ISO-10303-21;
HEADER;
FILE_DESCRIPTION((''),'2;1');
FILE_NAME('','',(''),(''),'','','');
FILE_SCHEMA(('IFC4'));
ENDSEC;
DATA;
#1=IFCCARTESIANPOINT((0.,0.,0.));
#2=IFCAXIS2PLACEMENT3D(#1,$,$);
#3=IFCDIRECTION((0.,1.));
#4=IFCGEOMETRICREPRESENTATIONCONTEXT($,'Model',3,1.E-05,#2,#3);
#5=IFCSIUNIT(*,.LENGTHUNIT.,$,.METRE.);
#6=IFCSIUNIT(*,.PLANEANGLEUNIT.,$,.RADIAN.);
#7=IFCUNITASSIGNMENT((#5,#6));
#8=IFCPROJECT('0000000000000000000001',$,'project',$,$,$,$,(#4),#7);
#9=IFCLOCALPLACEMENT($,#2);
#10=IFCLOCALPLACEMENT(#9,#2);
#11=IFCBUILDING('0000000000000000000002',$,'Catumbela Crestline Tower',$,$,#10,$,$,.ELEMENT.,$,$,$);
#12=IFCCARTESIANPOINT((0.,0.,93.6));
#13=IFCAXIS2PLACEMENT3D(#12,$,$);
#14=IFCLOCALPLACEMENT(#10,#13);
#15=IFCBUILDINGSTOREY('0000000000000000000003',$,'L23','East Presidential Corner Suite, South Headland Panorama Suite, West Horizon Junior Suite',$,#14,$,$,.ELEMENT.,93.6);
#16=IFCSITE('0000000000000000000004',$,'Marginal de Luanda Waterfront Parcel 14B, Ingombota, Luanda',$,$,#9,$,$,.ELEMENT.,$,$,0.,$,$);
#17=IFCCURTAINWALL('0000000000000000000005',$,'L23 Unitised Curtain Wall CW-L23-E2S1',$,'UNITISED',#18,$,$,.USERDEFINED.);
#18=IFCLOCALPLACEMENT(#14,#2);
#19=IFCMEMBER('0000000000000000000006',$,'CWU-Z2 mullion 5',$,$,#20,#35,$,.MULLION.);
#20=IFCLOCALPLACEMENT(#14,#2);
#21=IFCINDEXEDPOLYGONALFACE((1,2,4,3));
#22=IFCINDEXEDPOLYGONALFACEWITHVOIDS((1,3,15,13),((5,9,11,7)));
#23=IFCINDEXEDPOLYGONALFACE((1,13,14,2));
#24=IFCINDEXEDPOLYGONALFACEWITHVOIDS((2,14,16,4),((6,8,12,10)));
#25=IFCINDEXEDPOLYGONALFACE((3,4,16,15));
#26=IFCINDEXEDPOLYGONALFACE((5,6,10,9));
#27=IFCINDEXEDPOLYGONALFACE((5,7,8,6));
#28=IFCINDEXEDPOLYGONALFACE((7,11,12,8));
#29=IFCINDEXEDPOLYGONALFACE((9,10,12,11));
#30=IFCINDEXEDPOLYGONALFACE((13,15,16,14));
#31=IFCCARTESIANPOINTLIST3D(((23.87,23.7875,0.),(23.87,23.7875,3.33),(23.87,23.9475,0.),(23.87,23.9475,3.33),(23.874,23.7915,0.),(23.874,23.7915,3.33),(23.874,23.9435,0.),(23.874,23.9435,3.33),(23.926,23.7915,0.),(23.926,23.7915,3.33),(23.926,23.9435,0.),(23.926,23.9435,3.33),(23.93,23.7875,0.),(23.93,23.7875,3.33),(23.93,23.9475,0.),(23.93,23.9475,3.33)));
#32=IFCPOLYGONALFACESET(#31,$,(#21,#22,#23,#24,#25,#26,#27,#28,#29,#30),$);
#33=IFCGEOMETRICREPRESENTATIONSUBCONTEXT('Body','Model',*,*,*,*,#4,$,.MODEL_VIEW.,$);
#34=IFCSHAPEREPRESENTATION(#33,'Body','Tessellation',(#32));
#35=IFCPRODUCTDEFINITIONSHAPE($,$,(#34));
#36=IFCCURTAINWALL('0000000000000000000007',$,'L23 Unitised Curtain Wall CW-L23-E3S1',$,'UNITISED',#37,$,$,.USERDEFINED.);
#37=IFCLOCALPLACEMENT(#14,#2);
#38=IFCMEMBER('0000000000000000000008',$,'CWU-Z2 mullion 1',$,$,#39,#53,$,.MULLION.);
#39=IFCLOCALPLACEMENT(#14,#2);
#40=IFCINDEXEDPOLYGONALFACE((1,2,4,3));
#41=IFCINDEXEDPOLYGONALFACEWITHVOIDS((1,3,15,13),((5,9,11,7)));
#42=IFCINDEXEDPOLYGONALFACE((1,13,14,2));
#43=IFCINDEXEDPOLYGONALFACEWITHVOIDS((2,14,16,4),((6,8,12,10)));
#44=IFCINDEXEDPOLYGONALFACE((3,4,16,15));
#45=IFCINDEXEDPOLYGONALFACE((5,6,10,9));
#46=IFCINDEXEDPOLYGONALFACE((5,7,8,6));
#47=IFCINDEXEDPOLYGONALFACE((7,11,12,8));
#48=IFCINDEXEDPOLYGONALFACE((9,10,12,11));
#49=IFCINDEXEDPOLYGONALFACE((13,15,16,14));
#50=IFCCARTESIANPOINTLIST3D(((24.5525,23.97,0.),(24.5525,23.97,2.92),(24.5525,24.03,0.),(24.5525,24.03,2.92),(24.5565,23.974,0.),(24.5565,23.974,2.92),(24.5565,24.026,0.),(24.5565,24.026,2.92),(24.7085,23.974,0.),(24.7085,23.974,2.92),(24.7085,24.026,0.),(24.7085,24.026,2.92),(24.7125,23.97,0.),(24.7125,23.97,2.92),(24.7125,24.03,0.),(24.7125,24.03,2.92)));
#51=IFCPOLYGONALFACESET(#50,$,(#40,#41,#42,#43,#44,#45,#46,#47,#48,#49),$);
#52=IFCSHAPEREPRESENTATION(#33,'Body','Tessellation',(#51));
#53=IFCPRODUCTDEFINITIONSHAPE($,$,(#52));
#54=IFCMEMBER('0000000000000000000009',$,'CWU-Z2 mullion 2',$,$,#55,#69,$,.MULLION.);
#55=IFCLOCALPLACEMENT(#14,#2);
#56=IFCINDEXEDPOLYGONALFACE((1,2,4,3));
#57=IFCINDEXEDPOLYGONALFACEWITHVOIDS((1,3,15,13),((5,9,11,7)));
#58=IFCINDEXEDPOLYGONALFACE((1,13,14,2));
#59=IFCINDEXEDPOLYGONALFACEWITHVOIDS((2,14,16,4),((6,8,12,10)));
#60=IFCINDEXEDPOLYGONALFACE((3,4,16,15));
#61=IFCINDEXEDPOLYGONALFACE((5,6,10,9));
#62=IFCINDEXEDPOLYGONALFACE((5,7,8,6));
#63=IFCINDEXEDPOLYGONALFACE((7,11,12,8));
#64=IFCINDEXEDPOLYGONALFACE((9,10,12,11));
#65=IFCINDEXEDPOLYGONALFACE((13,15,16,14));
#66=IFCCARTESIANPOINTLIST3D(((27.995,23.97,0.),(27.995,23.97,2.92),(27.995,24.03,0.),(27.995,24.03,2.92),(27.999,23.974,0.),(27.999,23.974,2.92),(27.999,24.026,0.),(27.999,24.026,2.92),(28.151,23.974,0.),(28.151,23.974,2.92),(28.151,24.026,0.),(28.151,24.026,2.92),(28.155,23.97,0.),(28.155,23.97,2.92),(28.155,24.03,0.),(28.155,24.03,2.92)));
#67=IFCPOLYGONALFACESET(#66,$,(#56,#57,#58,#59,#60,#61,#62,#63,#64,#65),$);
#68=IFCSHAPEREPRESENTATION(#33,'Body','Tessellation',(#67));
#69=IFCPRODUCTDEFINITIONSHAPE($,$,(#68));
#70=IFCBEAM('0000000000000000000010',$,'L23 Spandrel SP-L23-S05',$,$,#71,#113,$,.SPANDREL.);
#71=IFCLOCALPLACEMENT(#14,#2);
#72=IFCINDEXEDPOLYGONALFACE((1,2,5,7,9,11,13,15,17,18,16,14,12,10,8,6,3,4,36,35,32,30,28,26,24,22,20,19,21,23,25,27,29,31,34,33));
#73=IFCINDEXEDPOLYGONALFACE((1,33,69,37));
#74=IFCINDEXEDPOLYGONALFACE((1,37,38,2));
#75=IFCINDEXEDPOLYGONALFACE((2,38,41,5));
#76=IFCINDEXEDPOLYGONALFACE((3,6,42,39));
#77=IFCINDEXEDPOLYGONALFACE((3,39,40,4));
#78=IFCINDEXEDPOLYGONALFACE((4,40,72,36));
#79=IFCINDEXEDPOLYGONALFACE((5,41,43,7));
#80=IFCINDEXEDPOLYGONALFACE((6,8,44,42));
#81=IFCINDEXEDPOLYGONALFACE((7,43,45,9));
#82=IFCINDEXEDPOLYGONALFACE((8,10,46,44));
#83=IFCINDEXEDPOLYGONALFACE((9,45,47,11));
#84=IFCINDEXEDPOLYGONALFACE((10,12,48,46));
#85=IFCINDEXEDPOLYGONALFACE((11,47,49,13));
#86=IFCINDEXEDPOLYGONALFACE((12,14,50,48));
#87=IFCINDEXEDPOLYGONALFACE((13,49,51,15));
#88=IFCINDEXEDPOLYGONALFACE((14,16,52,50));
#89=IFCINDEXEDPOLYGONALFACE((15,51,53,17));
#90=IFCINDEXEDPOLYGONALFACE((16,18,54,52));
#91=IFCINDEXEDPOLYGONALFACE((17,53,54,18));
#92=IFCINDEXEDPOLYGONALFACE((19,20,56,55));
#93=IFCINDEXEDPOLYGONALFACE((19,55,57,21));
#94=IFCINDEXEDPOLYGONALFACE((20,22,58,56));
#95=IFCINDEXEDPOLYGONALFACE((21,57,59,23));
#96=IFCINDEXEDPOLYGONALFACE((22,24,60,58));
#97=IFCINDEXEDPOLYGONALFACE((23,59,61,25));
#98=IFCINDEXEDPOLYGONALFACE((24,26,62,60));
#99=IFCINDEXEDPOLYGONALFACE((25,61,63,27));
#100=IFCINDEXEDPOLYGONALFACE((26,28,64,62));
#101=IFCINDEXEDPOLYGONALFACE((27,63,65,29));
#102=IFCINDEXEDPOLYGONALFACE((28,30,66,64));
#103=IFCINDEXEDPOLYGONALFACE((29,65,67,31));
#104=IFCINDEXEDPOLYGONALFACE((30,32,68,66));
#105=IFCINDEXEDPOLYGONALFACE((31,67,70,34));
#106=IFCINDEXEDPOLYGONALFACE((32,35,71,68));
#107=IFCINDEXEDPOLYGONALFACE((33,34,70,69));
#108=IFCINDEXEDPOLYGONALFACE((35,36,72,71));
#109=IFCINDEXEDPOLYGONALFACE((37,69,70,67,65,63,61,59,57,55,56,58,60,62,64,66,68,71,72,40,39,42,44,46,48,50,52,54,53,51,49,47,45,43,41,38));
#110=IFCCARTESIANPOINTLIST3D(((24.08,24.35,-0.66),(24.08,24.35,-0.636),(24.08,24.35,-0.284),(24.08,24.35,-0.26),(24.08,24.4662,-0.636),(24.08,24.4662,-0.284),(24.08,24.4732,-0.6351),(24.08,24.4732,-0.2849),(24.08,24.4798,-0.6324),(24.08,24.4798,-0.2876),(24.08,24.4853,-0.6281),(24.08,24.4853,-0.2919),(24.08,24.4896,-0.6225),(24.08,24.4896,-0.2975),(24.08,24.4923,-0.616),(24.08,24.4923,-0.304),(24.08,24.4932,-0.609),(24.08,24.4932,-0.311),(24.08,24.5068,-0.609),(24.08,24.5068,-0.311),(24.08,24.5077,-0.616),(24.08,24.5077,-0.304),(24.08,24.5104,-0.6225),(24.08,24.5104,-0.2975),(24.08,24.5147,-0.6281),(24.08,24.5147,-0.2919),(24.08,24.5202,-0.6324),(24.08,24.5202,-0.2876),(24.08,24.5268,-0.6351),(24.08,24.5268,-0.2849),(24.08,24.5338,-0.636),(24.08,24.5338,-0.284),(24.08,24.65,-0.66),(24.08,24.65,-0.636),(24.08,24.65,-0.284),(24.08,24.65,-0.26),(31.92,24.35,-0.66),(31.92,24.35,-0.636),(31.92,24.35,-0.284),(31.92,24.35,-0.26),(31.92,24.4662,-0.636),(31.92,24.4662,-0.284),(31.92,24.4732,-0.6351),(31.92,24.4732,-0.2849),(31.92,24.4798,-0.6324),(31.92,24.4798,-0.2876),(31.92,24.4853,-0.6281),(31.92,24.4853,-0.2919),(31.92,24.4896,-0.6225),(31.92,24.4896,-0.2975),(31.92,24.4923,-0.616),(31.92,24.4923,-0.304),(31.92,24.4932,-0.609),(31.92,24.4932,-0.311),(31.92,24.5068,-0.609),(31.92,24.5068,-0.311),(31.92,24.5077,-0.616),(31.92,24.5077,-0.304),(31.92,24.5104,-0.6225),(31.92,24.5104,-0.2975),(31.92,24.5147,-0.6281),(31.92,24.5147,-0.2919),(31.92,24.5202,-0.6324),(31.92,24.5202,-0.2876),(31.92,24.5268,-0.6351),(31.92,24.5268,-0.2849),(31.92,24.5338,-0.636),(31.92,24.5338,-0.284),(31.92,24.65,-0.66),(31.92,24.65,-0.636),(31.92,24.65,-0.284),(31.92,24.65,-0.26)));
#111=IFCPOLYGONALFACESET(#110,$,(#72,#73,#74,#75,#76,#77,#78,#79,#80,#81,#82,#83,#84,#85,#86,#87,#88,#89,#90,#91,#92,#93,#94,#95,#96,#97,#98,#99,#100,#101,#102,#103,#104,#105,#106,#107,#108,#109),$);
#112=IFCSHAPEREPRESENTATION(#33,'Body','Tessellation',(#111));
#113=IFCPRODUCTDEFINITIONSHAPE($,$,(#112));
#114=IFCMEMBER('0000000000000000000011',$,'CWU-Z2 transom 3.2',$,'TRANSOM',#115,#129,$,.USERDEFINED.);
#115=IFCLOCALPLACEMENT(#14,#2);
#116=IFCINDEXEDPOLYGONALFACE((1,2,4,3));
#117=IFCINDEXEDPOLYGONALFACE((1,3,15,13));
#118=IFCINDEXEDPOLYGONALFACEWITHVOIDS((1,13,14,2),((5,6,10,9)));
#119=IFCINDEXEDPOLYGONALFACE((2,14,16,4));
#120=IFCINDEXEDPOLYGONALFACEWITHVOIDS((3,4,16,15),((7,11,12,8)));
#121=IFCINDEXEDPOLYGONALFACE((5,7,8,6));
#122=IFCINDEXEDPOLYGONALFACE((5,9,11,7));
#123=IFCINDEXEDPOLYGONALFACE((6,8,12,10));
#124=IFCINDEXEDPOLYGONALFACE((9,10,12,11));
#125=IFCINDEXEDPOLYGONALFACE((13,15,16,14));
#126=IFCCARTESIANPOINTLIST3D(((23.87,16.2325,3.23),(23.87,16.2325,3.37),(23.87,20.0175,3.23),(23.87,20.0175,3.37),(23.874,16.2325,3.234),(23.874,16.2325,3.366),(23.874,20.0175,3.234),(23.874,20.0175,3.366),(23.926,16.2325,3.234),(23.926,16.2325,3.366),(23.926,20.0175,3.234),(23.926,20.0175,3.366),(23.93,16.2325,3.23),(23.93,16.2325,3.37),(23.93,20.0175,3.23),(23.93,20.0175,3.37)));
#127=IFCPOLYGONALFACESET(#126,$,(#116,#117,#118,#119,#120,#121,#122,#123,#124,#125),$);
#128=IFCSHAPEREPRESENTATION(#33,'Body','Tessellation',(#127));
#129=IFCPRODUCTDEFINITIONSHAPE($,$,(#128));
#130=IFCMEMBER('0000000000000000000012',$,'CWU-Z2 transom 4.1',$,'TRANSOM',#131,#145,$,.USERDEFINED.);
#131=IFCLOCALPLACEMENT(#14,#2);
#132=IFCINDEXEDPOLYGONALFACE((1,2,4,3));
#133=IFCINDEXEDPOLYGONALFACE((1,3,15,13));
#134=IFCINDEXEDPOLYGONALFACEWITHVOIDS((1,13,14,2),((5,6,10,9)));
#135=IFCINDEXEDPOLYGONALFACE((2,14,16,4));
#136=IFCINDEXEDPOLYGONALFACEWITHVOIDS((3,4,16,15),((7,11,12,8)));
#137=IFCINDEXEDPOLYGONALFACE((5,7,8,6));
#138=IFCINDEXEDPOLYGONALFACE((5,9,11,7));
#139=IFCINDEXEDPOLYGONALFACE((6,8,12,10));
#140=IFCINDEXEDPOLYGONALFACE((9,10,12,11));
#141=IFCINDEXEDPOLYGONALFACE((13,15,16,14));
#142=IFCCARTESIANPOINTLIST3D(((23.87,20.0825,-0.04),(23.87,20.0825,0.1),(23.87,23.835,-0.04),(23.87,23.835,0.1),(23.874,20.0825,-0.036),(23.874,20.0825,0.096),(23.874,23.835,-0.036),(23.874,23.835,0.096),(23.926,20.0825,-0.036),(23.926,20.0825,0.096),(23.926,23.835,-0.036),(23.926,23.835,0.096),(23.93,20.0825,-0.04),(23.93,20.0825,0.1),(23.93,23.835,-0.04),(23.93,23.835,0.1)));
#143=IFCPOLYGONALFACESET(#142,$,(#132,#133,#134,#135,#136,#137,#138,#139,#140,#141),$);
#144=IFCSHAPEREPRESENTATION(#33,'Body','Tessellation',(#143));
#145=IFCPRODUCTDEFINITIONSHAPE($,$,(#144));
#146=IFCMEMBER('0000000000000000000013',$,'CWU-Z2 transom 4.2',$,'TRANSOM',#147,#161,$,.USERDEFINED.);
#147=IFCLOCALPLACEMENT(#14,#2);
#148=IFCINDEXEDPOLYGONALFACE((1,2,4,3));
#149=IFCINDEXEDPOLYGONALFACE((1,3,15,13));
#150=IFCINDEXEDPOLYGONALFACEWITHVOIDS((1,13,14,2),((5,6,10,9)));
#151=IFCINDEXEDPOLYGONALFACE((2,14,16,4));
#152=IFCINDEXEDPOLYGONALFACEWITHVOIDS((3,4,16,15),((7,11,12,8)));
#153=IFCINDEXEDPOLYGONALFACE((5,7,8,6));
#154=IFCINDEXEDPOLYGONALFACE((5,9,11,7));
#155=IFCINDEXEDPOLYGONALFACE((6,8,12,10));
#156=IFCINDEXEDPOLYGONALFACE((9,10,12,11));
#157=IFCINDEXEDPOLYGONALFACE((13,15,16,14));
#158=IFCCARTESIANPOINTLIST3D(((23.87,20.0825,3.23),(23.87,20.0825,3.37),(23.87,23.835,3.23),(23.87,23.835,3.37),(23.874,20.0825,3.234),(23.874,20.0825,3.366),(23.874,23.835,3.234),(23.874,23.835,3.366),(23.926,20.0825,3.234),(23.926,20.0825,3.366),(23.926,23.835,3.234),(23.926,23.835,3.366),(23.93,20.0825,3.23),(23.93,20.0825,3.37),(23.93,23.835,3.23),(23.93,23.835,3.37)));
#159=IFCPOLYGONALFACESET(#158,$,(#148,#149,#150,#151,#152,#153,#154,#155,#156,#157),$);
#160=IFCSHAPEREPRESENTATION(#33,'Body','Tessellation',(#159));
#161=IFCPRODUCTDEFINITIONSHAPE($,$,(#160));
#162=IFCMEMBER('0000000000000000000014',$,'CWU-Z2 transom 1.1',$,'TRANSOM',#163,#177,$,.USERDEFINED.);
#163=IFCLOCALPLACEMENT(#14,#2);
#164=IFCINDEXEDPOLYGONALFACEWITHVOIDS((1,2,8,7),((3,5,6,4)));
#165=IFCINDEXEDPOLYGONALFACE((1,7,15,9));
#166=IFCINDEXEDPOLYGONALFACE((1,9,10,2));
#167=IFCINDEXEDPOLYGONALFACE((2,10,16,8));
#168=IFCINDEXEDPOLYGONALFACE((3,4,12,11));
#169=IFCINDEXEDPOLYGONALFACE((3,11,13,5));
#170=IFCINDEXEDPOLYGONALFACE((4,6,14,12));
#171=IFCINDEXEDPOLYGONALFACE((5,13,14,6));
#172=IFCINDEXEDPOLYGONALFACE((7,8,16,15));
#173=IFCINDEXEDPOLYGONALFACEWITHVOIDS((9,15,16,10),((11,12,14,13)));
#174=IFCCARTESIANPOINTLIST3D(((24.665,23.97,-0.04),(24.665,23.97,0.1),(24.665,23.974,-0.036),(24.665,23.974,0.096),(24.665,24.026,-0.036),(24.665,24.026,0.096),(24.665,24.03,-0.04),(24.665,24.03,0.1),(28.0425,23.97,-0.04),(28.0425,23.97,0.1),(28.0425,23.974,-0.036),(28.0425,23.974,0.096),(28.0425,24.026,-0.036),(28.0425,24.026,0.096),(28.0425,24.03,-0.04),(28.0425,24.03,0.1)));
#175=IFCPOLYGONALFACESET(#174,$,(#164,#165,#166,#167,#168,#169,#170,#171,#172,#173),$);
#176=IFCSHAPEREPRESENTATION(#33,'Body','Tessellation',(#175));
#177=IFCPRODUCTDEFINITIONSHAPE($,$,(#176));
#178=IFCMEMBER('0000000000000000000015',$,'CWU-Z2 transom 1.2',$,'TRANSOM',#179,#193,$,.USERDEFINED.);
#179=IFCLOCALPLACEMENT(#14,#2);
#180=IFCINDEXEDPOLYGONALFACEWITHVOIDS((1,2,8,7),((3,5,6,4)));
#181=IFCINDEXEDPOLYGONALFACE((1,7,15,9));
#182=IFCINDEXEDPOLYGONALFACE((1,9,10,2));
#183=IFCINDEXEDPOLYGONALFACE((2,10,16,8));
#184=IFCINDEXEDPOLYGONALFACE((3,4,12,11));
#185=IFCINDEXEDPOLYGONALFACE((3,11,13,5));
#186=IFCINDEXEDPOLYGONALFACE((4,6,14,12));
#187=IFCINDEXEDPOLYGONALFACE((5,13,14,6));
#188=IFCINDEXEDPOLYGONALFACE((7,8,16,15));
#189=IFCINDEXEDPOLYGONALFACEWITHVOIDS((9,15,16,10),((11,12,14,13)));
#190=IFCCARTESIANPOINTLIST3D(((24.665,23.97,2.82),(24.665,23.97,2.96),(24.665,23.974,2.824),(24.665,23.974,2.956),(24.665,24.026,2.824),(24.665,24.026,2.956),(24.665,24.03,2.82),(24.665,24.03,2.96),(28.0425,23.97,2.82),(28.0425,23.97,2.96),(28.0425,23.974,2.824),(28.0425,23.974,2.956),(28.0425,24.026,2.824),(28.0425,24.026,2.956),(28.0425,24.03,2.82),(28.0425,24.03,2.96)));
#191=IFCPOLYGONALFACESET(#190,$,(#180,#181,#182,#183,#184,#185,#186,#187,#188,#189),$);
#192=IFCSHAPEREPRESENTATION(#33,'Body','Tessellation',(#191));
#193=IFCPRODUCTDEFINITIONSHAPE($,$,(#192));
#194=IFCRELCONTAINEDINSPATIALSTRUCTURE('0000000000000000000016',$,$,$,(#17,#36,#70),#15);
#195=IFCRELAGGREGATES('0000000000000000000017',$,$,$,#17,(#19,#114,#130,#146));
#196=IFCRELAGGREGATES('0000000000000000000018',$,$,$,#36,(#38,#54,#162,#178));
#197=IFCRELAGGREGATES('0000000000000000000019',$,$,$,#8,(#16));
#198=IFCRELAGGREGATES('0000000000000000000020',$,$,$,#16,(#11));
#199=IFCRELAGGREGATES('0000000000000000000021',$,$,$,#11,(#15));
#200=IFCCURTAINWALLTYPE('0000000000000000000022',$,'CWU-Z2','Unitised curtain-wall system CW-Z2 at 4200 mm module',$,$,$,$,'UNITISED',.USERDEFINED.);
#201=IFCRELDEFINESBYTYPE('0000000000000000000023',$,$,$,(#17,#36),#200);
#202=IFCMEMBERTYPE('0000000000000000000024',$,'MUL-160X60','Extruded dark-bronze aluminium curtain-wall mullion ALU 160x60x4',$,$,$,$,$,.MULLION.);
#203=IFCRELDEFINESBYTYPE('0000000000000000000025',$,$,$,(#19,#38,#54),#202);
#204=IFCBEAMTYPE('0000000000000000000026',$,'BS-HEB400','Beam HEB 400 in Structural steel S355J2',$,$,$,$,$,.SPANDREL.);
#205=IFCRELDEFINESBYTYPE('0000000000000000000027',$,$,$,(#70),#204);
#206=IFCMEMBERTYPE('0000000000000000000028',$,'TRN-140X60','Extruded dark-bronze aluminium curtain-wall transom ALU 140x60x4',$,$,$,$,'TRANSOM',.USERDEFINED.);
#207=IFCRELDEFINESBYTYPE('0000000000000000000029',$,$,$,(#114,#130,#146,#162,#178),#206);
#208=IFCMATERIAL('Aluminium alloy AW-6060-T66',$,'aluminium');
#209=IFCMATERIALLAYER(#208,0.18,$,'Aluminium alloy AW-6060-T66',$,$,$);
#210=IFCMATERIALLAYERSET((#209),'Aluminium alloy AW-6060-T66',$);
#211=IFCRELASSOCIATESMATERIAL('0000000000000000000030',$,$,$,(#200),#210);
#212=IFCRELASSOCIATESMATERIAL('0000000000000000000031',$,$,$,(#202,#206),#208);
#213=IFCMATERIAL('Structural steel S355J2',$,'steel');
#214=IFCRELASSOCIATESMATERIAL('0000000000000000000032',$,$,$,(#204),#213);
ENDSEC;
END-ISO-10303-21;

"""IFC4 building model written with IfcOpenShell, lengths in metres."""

from ifc_helpers import new_model, si_unit, direction, frame, origin, origin_2d, place, context, subcontext, project, spatial, hollow_rectangle, i_section, extrude, material, layer, layer_set, material_profile, profile_set, type_object, element, aggregate, save


model = new_model("IFC4")

# Units and contexts
model_context = context("Model", 3, precision=1e-05, world=origin(), true_north=direction((0.0, 1.0)))
body_context = subcontext(model_context, "Body", "Model", "MODEL_VIEW")
ifc_project = project(units=[si_unit("LENGTHUNIT", "METRE"), si_unit("PLANEANGLEUNIT", "RADIAN")], contexts=[model_context])

# Site, building, storey
site_placement = place(None, origin())
site = spatial("IfcSite", under=ifc_project, at=site_placement, Name="Marginal de Luanda Waterfront Parcel 14B, Ingombota, Luanda", CompositionType="ELEMENT", RefElevation=0.0)
building_placement = place(site_placement, origin())
building = spatial("IfcBuilding", under=site, at=building_placement, Name="Catumbela Crestline Tower", CompositionType="ELEMENT")
storey_placement = place(building_placement, frame((0.0, 0.0, 93.6)))
storey = spatial("IfcBuildingStorey", under=building, at=storey_placement, Name="L23", Description="East Presidential Corner Suite, South Headland Panorama Suite, West Horizon Junior Suite", CompositionType="ELEMENT", Elevation=93.6)

# Shared definitions
ifc_material_1 = material(Name="Structural steel S355J2", Category="steel")

# Curtain walls, members
ifc_material_2 = material(Name="Aluminium alloy AW-6060-T66", Category="aluminium")
ifc_layer_1 = layer(ifc_material_2, 0.18, Name="Aluminium alloy AW-6060-T66")
ifc_layer_set_1 = layer_set([ifc_layer_1], Name="Aluminium alloy AW-6060-T66")
curtain_wall_type = type_object("IfcCurtainWallType", Name="CWU-Z2", Description="Unitised curtain-wall system CW-Z2 at 4200 mm module", ElementType="UNITISED", PredefinedType="USERDEFINED", material=ifc_layer_set_1)
curtain_wall_1_placement = place(storey_placement, origin())
curtain_wall_1 = element("IfcCurtainWall", 1, at=curtain_wall_1_placement, inside=storey, type_object=curtain_wall_type, Name="L23 Unitised Curtain Wall CW-L23-E2S1", ObjectType="UNITISED", PredefinedType="USERDEFINED")
ifc_material_profile_1 = material_profile(ifc_material_2, hollow_rectangle(XDim=0.06, YDim=0.16, WallThickness=0.004, at=origin_2d()), Name="ALU 160x60x4")
ifc_profile_set_1 = profile_set([ifc_material_profile_1], Name="Aluminium alloy AW-6060-T66")
member_type_1 = type_object("IfcMemberType", Name="MUL-160X60", Description="Extruded dark-bronze aluminium curtain-wall mullion ALU 160x60x4", PredefinedType="MULLION", material=ifc_profile_set_1)
member_1_placement = place(storey_placement, frame((23.9, 23.8675, 0.0), z_axis=(0.0, 0.0, 1.0), x_axis=(-1.0, 0.0, 0.0)))
member_1 = element("IfcMember", 2, at=member_1_placement, type_object=member_type_1, Name="CWU-Z2 mullion 5", PredefinedType="MULLION", context=body_context, shape_type="SweptSolid", body=[
    extrude(hollow_rectangle(XDim=0.06, YDim=0.16, WallThickness=0.004, at=origin_2d()), origin(), (0.0, 0.0, 1.0), 3.33),
])
curtain_wall_2_placement = place(storey_placement, origin())
curtain_wall_2 = element("IfcCurtainWall", 3, at=curtain_wall_2_placement, inside=storey, type_object=curtain_wall_type, Name="L23 Unitised Curtain Wall CW-L23-E3S1", ObjectType="UNITISED", PredefinedType="USERDEFINED")
member_2_placement = place(storey_placement, frame((24.6325, 24.0, 0.0), z_axis=(0.0, 0.0, 1.0), x_axis=(0.0, 1.0, 0.0)))
member_2 = element("IfcMember", 4, at=member_2_placement, type_object=member_type_1, Name="CWU-Z2 mullion 1", PredefinedType="MULLION", context=body_context, shape_type="SweptSolid", body=[
    extrude(hollow_rectangle(XDim=0.06, YDim=0.16, WallThickness=0.004, at=origin_2d()), origin(), (0.0, 0.0, 1.0), 2.92),
])
member_3_placement = place(storey_placement, frame((28.075, 24.0, 0.0), z_axis=(0.0, 0.0, 1.0), x_axis=(0.0, 1.0, 0.0)))
member_3 = element("IfcMember", 5, at=member_3_placement, type_object=member_type_1, Name="CWU-Z2 mullion 2", PredefinedType="MULLION", context=body_context, shape_type="SweptSolid", body=[
    extrude(hollow_rectangle(XDim=0.06, YDim=0.16, WallThickness=0.004, at=origin_2d()), origin(), (0.0, 0.0, 1.0), 2.92),
])

# Beam
ifc_material_profile_2 = material_profile(ifc_material_1, i_section(OverallWidth=0.3, OverallDepth=0.4, WebThickness=0.0135, FlangeThickness=0.024, FilletRadius=0.027, at=origin_2d()), Name="HEB 400")
ifc_profile_set_2 = profile_set([ifc_material_profile_2], Name="Structural steel S355J2")
beam_type_1 = type_object("IfcBeamType", Name="BS-HEB400", Description="Beam HEB 400 in Structural steel S355J2", PredefinedType="SPANDREL", material=ifc_profile_set_2)
beam_1_placement = place(storey_placement, frame((24.08, 24.5, -0.46), z_axis=(1.0, 0.0, 0.0), x_axis=(0.0, 1.0, 0.0)))
element("IfcBeam", 6, at=beam_1_placement, inside=storey, type_object=beam_type_1, Name="L23 Spandrel SP-L23-S05", PredefinedType="SPANDREL", context=body_context, shape_type="SweptSolid", body=[
    extrude(i_section(OverallWidth=0.3, OverallDepth=0.4, WebThickness=0.0135, FlangeThickness=0.024, FilletRadius=0.027, at=origin_2d()), origin(), (0.0, 0.0, 1.0), 7.84),
])

# Members
ifc_material_profile_3 = material_profile(ifc_material_2, hollow_rectangle(XDim=0.06, YDim=0.14, WallThickness=0.004, at=origin_2d()), Name="ALU 140x60x4")
ifc_profile_set_3 = profile_set([ifc_material_profile_3], Name="Aluminium alloy AW-6060-T66")
member_type_2 = type_object("IfcMemberType", Name="TRN-140X60", Description="Extruded dark-bronze aluminium curtain-wall transom ALU 140x60x4", ElementType="TRANSOM", PredefinedType="USERDEFINED", material=ifc_profile_set_3)
member_4_placement = place(storey_placement, frame((23.9, 16.2325, 3.3), z_axis=(0.0, 1.0, 0.0), x_axis=(-1.0, 0.0, 0.0)))
member_4 = element("IfcMember", 7, at=member_4_placement, type_object=member_type_2, Name="CWU-Z2 transom 3.2", ObjectType="TRANSOM", PredefinedType="USERDEFINED", context=body_context, shape_type="SweptSolid", body=[
    extrude(hollow_rectangle(XDim=0.06, YDim=0.14, WallThickness=0.004, at=origin_2d()), origin(), (0.0, 0.0, 1.0), 3.785),
])
member_5_placement = place(storey_placement, frame((23.9, 20.0825, 0.03), z_axis=(0.0, 1.0, 0.0), x_axis=(-1.0, 0.0, 0.0)))
member_5 = element("IfcMember", 8, at=member_5_placement, type_object=member_type_2, Name="CWU-Z2 transom 4.1", ObjectType="TRANSOM", PredefinedType="USERDEFINED", context=body_context, shape_type="SweptSolid", body=[
    extrude(hollow_rectangle(XDim=0.06, YDim=0.14, WallThickness=0.004, at=origin_2d()), origin(), (0.0, 0.0, 1.0), 3.7525),
])
member_6_placement = place(storey_placement, frame((23.9, 20.0825, 3.3), z_axis=(0.0, 1.0, 0.0), x_axis=(-1.0, 0.0, 0.0)))
member_6 = element("IfcMember", 9, at=member_6_placement, type_object=member_type_2, Name="CWU-Z2 transom 4.2", ObjectType="TRANSOM", PredefinedType="USERDEFINED", context=body_context, shape_type="SweptSolid", body=[
    extrude(hollow_rectangle(XDim=0.06, YDim=0.14, WallThickness=0.004, at=origin_2d()), origin(), (0.0, 0.0, 1.0), 3.7525),
])
member_7_placement = place(storey_placement, frame((24.665, 24.0, 0.03), z_axis=(1.0, 0.0, 0.0), x_axis=(0.0, 1.0, 0.0)))
member_7 = element("IfcMember", 10, at=member_7_placement, type_object=member_type_2, Name="CWU-Z2 transom 1.1", ObjectType="TRANSOM", PredefinedType="USERDEFINED", context=body_context, shape_type="SweptSolid", body=[
    extrude(hollow_rectangle(XDim=0.06, YDim=0.14, WallThickness=0.004, at=origin_2d()), origin(), (0.0, 0.0, 1.0), 3.3775),
])
member_8_placement = place(storey_placement, frame((24.665, 24.0, 2.89), z_axis=(1.0, 0.0, 0.0), x_axis=(0.0, 1.0, 0.0)))
member_8 = element("IfcMember", 11, at=member_8_placement, type_object=member_type_2, Name="CWU-Z2 transom 1.2", ObjectType="TRANSOM", PredefinedType="USERDEFINED", context=body_context, shape_type="SweptSolid", body=[
    extrude(hollow_rectangle(XDim=0.06, YDim=0.14, WallThickness=0.004, at=origin_2d()), origin(), (0.0, 0.0, 1.0), 3.3775),
])

aggregate(curtain_wall_1, [member_1, member_4, member_5, member_6])
aggregate(curtain_wall_2, [member_2, member_3, member_7, member_8])

save(model, "model.ifc")
